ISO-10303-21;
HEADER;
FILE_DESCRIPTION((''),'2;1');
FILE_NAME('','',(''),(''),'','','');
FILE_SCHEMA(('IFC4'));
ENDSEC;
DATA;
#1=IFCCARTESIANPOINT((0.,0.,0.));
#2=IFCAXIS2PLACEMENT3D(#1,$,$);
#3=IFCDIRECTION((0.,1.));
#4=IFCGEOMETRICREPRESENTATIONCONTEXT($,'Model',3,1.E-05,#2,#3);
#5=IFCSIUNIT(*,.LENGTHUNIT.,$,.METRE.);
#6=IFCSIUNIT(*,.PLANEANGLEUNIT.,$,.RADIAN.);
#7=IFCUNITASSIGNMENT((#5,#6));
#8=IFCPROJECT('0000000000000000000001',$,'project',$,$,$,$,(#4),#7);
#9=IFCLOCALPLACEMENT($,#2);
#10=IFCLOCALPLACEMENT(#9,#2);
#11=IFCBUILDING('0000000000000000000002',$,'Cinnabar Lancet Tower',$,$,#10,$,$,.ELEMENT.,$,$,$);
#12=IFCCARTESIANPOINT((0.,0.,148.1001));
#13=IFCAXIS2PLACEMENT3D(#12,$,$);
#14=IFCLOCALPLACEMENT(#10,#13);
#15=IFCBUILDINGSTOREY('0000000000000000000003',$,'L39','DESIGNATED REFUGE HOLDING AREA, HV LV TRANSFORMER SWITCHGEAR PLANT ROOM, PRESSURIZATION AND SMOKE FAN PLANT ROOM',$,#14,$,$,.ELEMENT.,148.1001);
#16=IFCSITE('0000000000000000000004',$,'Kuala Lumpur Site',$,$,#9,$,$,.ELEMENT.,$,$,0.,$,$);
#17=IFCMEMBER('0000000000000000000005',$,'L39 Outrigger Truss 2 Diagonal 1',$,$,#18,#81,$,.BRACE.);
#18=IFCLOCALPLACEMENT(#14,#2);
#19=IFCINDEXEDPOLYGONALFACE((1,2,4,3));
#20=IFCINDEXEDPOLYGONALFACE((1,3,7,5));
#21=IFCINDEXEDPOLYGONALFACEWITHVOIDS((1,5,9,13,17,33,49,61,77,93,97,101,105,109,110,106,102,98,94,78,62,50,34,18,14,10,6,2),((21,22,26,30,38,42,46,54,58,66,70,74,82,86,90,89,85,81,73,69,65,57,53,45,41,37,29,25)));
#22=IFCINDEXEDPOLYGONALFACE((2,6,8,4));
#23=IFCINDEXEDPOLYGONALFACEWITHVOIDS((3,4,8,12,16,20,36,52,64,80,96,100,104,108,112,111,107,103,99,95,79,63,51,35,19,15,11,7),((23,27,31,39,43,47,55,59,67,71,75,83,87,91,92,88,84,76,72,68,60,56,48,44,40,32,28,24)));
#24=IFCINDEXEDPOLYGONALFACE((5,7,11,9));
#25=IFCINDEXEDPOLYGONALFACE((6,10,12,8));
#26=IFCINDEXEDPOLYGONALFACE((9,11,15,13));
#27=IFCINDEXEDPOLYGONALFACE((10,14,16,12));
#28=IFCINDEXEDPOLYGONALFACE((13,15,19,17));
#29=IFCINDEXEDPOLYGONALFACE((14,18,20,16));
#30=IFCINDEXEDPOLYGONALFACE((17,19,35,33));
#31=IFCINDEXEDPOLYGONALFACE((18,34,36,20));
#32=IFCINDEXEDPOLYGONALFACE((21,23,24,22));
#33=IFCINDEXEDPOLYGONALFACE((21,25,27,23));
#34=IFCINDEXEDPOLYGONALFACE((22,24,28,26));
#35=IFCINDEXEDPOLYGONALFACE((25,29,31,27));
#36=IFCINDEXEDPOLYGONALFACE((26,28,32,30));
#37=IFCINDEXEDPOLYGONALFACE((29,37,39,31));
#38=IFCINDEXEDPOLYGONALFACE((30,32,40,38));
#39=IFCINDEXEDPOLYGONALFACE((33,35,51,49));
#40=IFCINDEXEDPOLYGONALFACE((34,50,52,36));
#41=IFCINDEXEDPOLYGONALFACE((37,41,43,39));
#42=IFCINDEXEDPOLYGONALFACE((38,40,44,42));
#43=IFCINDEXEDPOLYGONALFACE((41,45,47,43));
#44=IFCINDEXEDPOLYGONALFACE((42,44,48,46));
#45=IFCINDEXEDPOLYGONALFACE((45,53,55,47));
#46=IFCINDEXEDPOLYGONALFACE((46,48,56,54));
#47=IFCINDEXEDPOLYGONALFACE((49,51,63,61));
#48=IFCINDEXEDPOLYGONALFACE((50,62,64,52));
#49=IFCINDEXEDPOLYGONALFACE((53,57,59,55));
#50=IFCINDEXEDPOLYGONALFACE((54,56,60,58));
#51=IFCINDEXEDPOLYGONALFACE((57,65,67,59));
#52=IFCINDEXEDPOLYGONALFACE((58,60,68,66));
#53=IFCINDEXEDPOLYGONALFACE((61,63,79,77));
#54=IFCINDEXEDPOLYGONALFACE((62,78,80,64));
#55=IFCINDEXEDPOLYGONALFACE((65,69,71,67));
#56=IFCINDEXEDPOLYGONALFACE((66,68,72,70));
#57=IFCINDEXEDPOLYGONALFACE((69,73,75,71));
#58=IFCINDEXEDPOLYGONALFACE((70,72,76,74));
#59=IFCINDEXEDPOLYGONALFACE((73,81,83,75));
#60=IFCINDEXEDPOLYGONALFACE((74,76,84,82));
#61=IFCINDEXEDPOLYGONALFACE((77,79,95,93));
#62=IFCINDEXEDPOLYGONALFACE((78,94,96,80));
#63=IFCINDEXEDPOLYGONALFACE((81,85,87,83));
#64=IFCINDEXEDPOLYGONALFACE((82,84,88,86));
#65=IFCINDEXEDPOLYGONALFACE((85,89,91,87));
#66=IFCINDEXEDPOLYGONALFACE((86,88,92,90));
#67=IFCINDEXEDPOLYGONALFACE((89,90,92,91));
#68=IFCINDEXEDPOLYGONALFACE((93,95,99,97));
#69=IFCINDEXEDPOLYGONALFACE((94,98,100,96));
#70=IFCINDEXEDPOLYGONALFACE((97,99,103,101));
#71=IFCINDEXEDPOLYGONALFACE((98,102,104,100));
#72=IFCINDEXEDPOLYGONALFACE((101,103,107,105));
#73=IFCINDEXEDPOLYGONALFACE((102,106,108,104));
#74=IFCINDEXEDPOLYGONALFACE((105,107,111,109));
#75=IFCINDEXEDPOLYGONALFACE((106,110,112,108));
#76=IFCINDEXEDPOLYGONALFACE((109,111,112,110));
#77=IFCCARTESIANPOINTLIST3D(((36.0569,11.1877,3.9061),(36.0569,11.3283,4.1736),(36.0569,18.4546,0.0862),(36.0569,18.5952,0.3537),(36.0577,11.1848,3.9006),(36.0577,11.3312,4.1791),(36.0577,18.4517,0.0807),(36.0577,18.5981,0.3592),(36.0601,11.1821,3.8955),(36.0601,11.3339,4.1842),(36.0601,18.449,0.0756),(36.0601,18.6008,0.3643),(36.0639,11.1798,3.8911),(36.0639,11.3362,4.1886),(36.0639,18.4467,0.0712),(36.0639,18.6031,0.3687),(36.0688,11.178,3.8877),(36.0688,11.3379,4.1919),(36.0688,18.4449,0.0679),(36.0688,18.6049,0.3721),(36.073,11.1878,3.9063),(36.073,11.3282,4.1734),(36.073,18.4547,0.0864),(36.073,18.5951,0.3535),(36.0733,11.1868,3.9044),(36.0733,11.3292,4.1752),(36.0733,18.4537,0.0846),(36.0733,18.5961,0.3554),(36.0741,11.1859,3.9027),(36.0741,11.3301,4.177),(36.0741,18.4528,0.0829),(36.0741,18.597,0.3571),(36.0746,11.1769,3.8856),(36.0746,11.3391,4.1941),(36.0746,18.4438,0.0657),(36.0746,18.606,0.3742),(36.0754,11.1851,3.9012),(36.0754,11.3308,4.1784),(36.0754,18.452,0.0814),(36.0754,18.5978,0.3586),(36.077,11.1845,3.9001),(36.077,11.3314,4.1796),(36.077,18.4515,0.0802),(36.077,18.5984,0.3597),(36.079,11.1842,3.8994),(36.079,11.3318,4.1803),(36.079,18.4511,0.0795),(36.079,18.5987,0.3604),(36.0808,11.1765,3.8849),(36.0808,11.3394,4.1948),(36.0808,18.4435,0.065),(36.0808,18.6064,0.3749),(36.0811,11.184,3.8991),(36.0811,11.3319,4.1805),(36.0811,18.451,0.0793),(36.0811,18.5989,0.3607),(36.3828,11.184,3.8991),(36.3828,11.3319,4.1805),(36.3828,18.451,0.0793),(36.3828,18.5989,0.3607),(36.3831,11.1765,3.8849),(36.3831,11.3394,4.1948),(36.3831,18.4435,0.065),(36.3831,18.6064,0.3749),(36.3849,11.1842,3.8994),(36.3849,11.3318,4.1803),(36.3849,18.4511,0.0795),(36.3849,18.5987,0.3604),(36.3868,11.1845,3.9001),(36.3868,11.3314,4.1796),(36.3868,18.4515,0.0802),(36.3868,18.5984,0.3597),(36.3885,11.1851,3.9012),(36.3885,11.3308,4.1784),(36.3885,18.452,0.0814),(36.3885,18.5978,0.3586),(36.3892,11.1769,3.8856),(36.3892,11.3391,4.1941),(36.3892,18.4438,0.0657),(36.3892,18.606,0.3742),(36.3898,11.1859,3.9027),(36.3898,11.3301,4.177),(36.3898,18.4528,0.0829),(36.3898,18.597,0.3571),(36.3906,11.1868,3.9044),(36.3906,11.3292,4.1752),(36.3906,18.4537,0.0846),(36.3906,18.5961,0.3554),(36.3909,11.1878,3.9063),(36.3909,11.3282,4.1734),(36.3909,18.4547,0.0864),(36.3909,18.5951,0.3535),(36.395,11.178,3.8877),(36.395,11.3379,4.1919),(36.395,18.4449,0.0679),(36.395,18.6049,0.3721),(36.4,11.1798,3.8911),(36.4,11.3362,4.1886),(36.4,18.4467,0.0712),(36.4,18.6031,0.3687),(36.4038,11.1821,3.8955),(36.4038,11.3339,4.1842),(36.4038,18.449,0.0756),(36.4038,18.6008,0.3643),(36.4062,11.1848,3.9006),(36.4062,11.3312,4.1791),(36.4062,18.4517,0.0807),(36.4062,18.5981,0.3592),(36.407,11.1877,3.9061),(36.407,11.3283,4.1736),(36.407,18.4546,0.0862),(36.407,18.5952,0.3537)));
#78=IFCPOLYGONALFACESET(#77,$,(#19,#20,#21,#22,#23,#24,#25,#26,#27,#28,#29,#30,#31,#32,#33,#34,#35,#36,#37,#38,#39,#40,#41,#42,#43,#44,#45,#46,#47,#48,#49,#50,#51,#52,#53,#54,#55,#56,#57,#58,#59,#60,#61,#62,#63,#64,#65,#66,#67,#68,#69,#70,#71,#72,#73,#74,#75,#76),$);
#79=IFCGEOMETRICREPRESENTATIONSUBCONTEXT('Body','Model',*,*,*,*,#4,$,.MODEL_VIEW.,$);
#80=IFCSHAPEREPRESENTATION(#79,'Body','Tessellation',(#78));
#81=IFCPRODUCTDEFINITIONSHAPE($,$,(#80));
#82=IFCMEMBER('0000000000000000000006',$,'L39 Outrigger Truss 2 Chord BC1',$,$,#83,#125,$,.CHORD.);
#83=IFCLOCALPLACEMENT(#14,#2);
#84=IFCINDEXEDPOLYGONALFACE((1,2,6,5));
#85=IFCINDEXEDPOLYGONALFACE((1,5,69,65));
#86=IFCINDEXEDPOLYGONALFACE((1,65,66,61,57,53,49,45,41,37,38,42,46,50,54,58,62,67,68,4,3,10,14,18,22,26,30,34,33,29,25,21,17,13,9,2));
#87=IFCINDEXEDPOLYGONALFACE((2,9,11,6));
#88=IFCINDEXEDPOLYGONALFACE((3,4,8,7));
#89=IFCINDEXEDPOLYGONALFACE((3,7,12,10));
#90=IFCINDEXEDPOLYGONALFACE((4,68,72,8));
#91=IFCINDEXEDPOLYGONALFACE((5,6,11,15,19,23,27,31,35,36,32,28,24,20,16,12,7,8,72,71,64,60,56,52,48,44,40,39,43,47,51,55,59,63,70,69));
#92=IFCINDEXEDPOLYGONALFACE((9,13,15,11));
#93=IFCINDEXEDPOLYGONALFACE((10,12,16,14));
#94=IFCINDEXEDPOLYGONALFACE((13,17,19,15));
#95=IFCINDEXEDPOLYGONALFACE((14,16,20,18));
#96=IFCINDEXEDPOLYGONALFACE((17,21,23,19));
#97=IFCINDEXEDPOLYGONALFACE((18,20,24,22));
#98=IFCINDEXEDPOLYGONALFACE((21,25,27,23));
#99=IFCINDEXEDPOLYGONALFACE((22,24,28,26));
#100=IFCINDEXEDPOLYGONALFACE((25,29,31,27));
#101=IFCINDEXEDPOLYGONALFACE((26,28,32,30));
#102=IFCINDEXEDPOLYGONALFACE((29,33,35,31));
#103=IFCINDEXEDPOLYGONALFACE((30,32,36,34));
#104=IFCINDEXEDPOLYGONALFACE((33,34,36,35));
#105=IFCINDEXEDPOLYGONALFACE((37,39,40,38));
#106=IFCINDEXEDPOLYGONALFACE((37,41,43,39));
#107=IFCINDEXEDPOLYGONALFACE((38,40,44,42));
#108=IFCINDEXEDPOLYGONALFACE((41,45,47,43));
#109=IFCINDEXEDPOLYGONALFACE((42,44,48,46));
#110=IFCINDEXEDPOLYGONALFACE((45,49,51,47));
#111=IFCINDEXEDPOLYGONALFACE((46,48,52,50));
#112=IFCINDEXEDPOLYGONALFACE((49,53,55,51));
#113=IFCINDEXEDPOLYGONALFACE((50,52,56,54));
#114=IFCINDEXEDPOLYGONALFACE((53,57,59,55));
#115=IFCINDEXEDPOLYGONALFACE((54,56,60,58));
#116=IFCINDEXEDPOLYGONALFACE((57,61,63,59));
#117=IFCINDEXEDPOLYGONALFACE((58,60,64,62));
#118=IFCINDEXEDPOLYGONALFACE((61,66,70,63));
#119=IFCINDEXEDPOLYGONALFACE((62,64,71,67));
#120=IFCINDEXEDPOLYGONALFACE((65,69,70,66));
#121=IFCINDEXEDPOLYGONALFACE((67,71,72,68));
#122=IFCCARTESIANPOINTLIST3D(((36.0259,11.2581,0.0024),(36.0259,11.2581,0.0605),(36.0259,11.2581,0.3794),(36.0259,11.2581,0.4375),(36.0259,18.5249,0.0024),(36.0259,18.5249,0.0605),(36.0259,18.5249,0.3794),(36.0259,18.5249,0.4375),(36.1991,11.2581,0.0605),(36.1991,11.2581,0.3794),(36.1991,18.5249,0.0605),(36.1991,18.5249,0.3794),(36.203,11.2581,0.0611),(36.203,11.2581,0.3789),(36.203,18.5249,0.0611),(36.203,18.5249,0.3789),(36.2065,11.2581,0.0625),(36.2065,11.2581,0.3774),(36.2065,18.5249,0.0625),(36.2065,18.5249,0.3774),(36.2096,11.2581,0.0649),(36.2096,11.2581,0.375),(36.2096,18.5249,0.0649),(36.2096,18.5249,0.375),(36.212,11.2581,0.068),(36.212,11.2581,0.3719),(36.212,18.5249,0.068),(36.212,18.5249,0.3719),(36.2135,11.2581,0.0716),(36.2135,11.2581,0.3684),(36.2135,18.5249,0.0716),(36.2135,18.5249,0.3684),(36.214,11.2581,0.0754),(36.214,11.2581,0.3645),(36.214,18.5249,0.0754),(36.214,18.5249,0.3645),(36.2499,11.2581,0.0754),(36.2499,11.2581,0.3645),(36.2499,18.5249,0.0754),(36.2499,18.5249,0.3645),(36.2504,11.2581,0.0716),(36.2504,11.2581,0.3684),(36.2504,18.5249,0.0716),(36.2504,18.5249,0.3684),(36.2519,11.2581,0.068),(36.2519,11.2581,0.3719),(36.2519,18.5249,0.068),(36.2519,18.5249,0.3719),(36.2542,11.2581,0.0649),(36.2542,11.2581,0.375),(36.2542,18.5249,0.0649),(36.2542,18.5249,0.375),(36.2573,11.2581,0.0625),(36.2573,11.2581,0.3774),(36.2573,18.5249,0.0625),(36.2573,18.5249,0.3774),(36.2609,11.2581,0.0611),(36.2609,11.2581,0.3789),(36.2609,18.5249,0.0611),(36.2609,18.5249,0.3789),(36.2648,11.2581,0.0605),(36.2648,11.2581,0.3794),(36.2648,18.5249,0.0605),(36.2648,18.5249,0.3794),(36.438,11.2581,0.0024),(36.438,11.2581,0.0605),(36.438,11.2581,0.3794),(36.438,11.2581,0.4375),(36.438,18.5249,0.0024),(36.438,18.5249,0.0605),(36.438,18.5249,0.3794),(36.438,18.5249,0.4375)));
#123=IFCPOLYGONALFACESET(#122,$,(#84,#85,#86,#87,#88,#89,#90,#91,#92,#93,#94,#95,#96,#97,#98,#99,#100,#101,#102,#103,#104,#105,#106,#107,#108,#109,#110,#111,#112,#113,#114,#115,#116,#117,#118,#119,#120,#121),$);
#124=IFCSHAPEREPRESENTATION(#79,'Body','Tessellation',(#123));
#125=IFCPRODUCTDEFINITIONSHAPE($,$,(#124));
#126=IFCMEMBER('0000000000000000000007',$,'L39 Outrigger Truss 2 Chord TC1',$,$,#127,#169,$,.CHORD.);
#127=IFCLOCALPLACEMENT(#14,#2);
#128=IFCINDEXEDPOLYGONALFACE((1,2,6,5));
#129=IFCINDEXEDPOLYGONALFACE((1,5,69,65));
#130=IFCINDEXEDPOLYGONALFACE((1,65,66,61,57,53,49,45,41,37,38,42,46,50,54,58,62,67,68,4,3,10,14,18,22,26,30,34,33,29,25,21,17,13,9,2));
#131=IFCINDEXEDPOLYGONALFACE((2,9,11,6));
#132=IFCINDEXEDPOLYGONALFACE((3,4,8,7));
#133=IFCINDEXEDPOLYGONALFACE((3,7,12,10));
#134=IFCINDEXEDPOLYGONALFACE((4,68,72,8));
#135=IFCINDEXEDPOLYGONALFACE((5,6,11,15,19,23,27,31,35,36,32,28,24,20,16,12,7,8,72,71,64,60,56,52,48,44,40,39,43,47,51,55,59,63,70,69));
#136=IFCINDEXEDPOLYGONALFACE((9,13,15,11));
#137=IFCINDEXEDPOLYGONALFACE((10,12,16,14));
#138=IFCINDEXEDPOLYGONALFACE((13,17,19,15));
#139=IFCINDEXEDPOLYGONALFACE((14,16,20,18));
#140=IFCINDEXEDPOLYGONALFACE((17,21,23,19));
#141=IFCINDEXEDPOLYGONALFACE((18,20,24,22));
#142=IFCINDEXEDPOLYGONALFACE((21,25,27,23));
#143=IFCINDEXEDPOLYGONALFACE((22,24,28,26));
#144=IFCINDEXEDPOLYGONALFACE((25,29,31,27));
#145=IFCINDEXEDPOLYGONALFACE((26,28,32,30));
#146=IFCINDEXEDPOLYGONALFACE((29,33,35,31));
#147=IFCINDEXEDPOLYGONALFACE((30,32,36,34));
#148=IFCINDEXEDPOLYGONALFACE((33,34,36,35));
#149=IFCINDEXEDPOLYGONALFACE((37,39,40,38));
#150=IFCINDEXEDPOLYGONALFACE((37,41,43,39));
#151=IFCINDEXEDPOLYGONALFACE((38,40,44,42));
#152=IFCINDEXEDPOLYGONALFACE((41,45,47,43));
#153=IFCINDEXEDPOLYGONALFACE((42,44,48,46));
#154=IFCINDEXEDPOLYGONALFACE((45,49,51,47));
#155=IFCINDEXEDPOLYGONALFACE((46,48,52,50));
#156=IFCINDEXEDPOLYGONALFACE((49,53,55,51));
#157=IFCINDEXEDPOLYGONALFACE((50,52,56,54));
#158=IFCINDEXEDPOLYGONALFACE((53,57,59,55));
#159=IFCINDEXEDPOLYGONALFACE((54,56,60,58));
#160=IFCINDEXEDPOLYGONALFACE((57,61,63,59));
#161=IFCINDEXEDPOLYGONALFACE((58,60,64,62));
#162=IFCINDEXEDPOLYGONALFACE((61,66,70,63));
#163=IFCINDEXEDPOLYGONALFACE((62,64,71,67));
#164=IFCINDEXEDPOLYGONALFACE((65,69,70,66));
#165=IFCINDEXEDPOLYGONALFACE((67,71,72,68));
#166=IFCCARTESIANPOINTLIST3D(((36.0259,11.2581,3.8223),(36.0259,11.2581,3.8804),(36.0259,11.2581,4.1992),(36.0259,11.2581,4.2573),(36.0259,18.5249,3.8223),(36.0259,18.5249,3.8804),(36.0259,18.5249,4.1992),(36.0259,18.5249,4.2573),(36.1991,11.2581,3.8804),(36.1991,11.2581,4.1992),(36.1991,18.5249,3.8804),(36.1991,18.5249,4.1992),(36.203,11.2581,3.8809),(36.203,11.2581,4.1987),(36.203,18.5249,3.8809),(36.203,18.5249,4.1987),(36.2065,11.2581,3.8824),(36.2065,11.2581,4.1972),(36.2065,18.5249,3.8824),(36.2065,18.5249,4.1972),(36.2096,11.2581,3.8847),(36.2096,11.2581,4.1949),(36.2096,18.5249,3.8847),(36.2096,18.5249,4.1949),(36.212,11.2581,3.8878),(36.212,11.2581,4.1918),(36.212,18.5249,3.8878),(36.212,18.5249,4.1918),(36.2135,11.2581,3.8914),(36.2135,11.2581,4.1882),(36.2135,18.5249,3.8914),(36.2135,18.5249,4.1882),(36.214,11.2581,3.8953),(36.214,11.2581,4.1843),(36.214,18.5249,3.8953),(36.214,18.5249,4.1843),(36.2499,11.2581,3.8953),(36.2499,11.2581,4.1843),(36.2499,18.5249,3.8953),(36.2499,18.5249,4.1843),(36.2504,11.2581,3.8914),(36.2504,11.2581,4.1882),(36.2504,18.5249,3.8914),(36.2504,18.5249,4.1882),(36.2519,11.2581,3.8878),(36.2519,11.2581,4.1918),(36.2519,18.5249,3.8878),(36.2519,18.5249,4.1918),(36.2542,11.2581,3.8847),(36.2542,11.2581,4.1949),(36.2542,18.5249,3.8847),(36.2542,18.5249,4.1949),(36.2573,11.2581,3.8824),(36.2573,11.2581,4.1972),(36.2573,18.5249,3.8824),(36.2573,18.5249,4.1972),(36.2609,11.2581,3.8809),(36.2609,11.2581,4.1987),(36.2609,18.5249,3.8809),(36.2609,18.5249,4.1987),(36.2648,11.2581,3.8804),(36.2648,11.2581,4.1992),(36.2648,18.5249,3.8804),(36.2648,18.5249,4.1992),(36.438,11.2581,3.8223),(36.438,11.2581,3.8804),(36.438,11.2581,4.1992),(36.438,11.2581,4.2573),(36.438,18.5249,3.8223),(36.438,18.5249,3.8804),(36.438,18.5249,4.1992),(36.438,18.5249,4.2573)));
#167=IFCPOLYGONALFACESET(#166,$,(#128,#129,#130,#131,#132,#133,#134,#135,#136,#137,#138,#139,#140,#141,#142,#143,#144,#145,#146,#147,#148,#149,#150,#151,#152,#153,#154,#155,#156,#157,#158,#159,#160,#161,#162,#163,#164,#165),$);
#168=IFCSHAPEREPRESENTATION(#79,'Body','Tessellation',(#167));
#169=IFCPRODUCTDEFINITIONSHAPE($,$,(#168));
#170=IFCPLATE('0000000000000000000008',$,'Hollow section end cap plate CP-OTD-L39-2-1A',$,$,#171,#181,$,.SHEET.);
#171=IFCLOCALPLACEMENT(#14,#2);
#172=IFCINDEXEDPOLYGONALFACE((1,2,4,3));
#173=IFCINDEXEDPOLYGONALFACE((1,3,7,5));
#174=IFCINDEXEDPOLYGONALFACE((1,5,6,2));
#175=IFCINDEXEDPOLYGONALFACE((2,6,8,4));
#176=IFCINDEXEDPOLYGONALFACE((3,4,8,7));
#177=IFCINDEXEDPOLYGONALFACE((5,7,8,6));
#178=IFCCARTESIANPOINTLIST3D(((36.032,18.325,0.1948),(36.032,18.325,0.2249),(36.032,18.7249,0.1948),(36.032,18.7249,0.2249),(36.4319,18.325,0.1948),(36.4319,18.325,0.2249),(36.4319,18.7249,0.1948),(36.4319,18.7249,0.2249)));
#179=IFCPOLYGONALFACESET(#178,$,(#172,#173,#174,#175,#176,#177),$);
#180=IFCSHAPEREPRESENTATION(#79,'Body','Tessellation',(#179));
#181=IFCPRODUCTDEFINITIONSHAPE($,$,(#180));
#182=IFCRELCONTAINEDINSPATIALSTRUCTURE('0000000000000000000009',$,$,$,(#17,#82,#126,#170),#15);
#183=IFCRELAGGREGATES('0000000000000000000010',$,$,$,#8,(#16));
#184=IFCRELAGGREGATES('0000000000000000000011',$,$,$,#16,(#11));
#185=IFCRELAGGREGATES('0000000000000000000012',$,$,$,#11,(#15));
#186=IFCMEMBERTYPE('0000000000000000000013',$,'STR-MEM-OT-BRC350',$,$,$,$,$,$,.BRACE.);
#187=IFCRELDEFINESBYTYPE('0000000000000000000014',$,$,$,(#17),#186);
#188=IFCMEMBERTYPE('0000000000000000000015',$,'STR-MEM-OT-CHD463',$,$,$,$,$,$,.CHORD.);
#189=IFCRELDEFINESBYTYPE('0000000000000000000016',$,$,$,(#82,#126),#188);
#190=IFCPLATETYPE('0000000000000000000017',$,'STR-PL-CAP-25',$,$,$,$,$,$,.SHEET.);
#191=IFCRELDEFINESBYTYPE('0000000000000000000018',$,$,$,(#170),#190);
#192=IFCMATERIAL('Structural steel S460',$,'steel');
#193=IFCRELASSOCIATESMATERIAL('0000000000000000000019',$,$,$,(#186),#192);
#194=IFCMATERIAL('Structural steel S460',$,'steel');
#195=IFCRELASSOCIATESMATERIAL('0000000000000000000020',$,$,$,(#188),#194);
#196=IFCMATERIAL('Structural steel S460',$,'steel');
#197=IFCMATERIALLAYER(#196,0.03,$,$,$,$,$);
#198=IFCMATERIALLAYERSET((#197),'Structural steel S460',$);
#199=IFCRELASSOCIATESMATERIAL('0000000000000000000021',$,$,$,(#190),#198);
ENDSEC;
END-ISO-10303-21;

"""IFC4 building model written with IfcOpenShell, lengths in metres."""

from ifc_helpers import new_model, si_unit, direction, frame, origin, origin_2d, place, context, subcontext, project, spatial, rectangle, hollow_rectangle, i_section, extrude, material, layer, layer_set, material_profile, profile_set, type_object, element, save


model = new_model("IFC4")

# Units and contexts
model_context = context("Model", 3, precision=1e-05, world=origin(), true_north=direction((0.0, 1.0)))
body_context = subcontext(model_context, "Body", "Model", "MODEL_VIEW")
ifc_project = project(units=[si_unit("LENGTHUNIT", "METRE"), si_unit("PLANEANGLEUNIT", "RADIAN")], contexts=[model_context])

# Site, building, storey
site_placement = place(None, origin())
site = spatial("IfcSite", under=ifc_project, at=site_placement, Name="Kuala Lumpur Site", CompositionType="ELEMENT", RefElevation=0.0)
building_placement = place(site_placement, origin())
building = spatial("IfcBuilding", under=site, at=building_placement, Name="Cinnabar Lancet Tower", CompositionType="ELEMENT")
storey_placement = place(building_placement, frame((0.0, 0.0, 148.1001)))
storey = spatial("IfcBuildingStorey", under=building, at=storey_placement, Name="L39", Description="DESIGNATED REFUGE HOLDING AREA, HV LV TRANSFORMER SWITCHGEAR PLANT ROOM, PRESSURIZATION AND SMOKE FAN PLANT ROOM", CompositionType="ELEMENT", Elevation=148.1001)

# Members
ifc_material_1 = material(Name="Structural steel S460", Category="steel")
ifc_material_profile_1 = material_profile(ifc_material_1, hollow_rectangle(XDim=0.3501, YDim=0.3501, WallThickness=0.0161, InnerFilletRadius=0.0081, OuterFilletRadius=0.0239, at=origin_2d()), Name="SHS 350x350x16")
ifc_profile_set_1 = profile_set([ifc_material_profile_1], Name="Structural steel S460")
member_type_1 = type_object("IfcMemberType", Name="STR-MEM-OT-BRC350", PredefinedType="BRACE", material=ifc_profile_set_1)
member_placement = place(storey_placement, frame((36.2319, 18.5249, 0.22), z_axis=(0.0, -0.885161, 0.465286), x_axis=(1.0, 0.0, 0.0)))
element("IfcMember", 1, at=member_placement, inside=storey, type_object=member_type_1, Name="L39 Outrigger Truss 2 Diagonal 1", PredefinedType="BRACE", context=body_context, shape_type="SweptSolid", body=[
    extrude(hollow_rectangle(XDim=0.3501, YDim=0.3501, WallThickness=0.0161, InnerFilletRadius=0.0081, OuterFilletRadius=0.0239, at=origin_2d()), origin(), (0.0, 0.0, 1.0), 8.2097),
])
ifc_material_2 = material(Name="Structural steel S460", Category="steel")
ifc_material_profile_2 = material_profile(ifc_material_2, i_section(OverallWidth=0.4121, OverallDepth=0.4351, WebThickness=0.0359, FlangeThickness=0.0581, FilletRadius=0.0149, at=origin_2d()), Name="HD 400x463")
ifc_profile_set_2 = profile_set([ifc_material_profile_2], Name="Structural steel S460")
member_type_2 = type_object("IfcMemberType", Name="STR-MEM-OT-CHD463", PredefinedType="CHORD", material=ifc_profile_set_2)
for number, where, z_axis, x_axis, name in (
    (2, (36.2319, 18.5249, 0.22), (0.0, -1.0, 0.0), (1.0, 0.0, 0.0), "L39 Outrigger Truss 2 Chord BC1"),
    (3, (36.2319, 18.5249, 4.0398), (0.0, -1.0, 0.0), (1.0, 0.0, 0.0), "L39 Outrigger Truss 2 Chord TC1"),
):
    element("IfcMember", number, at=place(storey_placement, frame(where, z_axis=z_axis, x_axis=x_axis)), inside=storey, type_object=member_type_2, Name=name, PredefinedType="CHORD", context=body_context, shape_type="SweptSolid", body=[
        extrude(i_section(OverallWidth=0.4121, OverallDepth=0.4351, WebThickness=0.0359, FlangeThickness=0.0581, FilletRadius=0.0149, at=origin_2d()), origin(), (0.0, 0.0, 1.0), 7.2668),
    ])

# Plate
ifc_material_3 = material(Name="Structural steel S460", Category="steel")
ifc_layer_1 = layer(ifc_material_3, 0.03)
ifc_layer_set_1 = layer_set([ifc_layer_1], Name="Structural steel S460")
plate_type = type_object("IfcPlateType", Name="STR-PL-CAP-25", PredefinedType="SHEET", material=ifc_layer_set_1)
plate_placement = place(storey_placement, frame((36.2319, 18.5249, 0.1948), z_axis=(0.0, 0.0, 1.0), x_axis=(0.0, 1.0, 0.0)))
element("IfcPlate", 4, at=plate_placement, inside=storey, type_object=plate_type, Name="Hollow section end cap plate CP-OTD-L39-2-1A", PredefinedType="SHEET", context=body_context, shape_type="SweptSolid", body=[
    extrude(rectangle(XDim=0.3999, YDim=0.3999, at=origin_2d()), origin(), (0.0, 0.0, 1.0), 0.03),
])

save(model, "model.ifc")
